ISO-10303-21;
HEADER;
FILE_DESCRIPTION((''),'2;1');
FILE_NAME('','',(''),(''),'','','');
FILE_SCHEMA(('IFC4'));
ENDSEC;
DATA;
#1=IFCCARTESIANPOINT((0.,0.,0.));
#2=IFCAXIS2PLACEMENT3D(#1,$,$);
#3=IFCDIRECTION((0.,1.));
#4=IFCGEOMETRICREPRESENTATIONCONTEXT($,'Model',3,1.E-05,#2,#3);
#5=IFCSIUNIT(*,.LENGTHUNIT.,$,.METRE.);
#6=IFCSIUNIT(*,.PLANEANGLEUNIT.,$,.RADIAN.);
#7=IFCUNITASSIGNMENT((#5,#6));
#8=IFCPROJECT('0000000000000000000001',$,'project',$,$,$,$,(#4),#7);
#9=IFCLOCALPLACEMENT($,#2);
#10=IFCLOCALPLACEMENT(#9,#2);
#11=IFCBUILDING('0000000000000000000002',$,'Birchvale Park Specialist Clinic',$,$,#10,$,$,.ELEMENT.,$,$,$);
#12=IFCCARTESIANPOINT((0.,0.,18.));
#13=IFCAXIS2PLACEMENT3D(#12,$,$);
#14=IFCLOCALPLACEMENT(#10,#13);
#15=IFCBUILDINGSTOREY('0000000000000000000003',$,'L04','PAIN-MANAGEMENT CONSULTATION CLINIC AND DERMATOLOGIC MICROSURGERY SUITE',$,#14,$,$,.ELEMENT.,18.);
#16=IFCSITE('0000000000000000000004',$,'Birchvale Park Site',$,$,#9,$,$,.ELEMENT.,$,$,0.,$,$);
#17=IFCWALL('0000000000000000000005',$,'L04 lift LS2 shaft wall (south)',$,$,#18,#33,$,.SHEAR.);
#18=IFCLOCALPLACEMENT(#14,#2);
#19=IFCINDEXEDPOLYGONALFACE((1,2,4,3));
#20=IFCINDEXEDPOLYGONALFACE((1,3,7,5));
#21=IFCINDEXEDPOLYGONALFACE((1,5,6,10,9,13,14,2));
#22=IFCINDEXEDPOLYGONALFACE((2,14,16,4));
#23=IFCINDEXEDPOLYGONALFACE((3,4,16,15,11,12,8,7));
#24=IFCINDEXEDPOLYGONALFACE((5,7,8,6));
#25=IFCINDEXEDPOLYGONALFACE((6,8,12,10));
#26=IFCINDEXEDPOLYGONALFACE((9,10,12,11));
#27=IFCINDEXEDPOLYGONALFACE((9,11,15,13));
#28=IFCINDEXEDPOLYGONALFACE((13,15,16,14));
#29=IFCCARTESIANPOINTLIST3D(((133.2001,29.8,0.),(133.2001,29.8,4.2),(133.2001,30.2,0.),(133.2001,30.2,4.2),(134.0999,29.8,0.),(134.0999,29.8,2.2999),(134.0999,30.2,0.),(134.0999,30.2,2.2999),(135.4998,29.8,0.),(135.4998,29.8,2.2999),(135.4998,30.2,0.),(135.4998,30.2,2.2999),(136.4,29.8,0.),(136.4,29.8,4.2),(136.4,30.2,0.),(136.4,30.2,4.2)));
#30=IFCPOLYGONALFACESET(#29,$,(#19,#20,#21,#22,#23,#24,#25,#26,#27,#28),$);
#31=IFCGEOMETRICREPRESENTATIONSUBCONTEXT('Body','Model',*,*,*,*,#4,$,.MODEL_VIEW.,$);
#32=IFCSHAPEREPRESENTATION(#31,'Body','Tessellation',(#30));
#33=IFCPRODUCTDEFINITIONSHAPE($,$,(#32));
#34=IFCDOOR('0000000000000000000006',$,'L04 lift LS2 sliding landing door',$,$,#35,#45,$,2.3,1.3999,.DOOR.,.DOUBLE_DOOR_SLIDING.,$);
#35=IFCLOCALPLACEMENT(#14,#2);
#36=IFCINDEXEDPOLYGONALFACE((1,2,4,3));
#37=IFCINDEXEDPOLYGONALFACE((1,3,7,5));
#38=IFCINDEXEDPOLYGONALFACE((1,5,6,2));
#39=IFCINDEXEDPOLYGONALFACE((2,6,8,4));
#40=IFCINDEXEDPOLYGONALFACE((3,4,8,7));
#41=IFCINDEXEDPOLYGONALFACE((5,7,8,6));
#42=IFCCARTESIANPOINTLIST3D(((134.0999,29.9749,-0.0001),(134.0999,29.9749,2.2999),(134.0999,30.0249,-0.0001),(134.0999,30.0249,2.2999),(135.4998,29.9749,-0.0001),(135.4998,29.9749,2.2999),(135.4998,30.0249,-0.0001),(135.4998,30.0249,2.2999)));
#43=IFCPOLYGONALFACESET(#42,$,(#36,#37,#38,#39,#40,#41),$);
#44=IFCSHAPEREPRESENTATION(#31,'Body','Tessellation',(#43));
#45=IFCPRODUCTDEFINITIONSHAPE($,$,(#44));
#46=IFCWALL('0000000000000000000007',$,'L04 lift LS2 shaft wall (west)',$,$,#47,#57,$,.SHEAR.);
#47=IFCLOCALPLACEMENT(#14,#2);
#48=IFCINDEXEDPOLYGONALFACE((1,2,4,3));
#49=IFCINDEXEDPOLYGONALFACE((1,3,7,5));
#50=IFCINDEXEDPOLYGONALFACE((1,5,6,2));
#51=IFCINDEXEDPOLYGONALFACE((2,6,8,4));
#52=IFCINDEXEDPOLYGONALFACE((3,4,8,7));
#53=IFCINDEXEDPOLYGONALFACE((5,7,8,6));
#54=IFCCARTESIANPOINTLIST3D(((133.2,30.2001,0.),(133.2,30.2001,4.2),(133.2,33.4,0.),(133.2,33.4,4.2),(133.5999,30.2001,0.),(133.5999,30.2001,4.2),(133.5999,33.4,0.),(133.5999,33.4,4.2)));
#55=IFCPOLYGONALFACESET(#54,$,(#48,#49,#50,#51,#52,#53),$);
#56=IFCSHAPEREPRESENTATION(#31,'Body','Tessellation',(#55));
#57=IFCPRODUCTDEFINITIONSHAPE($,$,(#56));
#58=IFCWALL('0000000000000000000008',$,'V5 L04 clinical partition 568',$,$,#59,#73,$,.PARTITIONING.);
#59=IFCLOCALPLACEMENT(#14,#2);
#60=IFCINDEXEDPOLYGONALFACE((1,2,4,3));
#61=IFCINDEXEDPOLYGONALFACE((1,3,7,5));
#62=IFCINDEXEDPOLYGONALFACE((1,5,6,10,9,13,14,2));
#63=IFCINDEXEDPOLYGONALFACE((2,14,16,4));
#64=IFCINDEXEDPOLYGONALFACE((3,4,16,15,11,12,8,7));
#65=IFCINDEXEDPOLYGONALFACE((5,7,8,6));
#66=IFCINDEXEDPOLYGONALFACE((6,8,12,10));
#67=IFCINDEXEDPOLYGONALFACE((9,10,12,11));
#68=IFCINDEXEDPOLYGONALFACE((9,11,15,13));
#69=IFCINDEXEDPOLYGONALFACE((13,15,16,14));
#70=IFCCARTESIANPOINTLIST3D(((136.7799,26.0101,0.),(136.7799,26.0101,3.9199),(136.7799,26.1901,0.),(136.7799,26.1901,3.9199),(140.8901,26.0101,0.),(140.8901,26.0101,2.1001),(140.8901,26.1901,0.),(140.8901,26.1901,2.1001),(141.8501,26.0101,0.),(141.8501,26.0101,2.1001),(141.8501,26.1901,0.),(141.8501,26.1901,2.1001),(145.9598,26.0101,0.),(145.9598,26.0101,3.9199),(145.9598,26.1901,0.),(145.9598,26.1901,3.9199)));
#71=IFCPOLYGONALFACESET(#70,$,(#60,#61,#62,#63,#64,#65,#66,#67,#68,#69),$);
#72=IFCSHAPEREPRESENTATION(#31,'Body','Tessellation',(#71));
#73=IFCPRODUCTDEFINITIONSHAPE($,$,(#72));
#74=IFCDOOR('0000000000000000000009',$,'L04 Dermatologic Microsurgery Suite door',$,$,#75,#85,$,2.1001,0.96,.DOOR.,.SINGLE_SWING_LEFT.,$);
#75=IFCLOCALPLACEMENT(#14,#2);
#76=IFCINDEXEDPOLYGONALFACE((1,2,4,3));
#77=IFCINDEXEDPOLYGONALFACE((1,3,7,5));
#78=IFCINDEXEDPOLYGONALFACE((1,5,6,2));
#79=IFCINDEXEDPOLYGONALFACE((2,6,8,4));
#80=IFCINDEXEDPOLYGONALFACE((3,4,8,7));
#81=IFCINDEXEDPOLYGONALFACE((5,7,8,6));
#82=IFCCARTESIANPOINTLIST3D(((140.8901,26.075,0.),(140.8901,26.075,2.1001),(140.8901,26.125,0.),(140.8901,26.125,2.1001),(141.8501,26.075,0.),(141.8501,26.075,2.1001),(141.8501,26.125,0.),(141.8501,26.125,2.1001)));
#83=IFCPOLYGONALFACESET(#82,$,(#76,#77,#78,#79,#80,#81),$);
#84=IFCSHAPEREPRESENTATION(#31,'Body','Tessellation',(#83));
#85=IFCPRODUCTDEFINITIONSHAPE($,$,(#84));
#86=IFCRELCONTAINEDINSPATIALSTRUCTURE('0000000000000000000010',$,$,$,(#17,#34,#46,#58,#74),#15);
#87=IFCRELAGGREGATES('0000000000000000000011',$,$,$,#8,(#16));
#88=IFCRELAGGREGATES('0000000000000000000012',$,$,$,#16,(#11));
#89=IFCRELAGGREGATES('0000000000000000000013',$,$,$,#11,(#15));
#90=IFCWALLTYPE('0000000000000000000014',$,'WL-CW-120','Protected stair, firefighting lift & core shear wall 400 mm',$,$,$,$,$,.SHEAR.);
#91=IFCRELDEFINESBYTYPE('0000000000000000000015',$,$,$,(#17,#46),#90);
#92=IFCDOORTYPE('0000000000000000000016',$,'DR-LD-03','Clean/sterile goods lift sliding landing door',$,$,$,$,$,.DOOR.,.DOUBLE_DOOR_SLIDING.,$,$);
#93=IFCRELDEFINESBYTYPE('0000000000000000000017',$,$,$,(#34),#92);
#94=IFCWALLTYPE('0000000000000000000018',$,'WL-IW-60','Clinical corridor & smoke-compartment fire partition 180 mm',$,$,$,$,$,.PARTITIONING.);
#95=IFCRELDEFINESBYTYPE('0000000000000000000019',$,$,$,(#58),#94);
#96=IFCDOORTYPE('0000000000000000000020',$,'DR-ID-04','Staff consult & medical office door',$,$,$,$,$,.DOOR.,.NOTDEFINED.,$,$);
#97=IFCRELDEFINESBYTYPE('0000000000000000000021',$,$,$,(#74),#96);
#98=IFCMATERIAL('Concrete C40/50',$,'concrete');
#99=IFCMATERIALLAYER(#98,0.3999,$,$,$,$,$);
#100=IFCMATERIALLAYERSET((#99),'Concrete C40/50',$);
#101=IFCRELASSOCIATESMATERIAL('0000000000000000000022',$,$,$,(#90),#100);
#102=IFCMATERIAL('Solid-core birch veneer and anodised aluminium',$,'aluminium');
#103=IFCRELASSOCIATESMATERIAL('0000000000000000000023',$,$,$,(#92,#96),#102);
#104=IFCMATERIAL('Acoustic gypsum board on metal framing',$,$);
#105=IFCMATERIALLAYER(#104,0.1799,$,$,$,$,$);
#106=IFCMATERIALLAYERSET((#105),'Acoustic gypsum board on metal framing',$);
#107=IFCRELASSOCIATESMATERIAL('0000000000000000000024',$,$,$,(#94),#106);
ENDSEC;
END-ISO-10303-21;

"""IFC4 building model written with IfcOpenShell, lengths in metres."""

from ifc_helpers import new_model, si_unit, direction, frame, frame_2d, origin, place, context, subcontext, project, spatial, rectangle, extrude, material, layer, layer_set, type_object, element, fill, save


model = new_model("IFC4")

# Units and contexts
model_context = context("Model", 3, precision=1e-05, world=origin(), true_north=direction((0.0, 1.0)))
body_context = subcontext(model_context, "Body", "Model", "MODEL_VIEW")
ifc_project = project(units=[si_unit("LENGTHUNIT", "METRE"), si_unit("PLANEANGLEUNIT", "RADIAN")], contexts=[model_context])

# Site, building, storey
site_placement = place(None, origin())
site = spatial("IfcSite", under=ifc_project, at=site_placement, Name="Birchvale Park Site", CompositionType="ELEMENT", RefElevation=0.0)
building_placement = place(site_placement, origin())
building = spatial("IfcBuilding", under=site, at=building_placement, Name="Birchvale Park Specialist Clinic", CompositionType="ELEMENT")
storey_placement = place(building_placement, frame((0.0, 0.0, 18.0)))
storey = spatial("IfcBuildingStorey", under=building, at=storey_placement, Name="L04", Description="PAIN-MANAGEMENT CONSULTATION CLINIC AND DERMATOLOGIC MICROSURGERY SUITE", CompositionType="ELEMENT", Elevation=18.0)

# Shared definitions
ifc_material_1 = material(Name="Concrete C40/50", Category="concrete")

# Wall, opening, door
ifc_layer_1 = layer(ifc_material_1, 0.3999)
ifc_layer_set_1 = layer_set([ifc_layer_1], Name="Concrete C40/50")
wall_type_1 = type_object("IfcWallType", Name="WL-CW-120", Description="Protected stair, firefighting lift & core shear wall 400 mm", PredefinedType="SHEAR", material=ifc_layer_set_1)
wall_1_placement = place(storey_placement, frame((133.2, 30.0, 0.0), z_axis=(0.0, 0.0, 1.0), x_axis=(1.0, 0.0, 0.0)))
wall_1 = element("IfcWall", 1, at=wall_1_placement, inside=storey, type_object=wall_type_1, Name="L04 lift LS2 shaft wall (south)", PredefinedType="SHEAR", context=body_context, shape_type="SweptSolid", body=[
    extrude(rectangle(XDim=3.2, YDim=0.3999, at=frame_2d((1.6001, 0.0))), origin(), (0.0, 0.0, 1.0), 4.2),
])
opening_1_placement = place(wall_1_placement, frame((0.8999, 0.0, 0.0)))
opening_1 = element("IfcOpeningElement", 2, at=opening_1_placement, cuts=wall_1, PredefinedType="OPENING", context=body_context, shape_type="SweptSolid", body=[
    extrude(rectangle(XDim=1.3999, YDim=2.3, at=frame_2d((0.7, 1.1499))), frame((0.0, 0.21, 0.0), z_axis=(0.0, -1.0, 0.0), x_axis=(1.0, 0.0, 0.0)), (0.0, 0.0, 1.0), 0.4199),
])
ifc_material_2 = material(Name="Solid-core birch veneer and anodised aluminium", Category="aluminium")
door_type_1 = type_object("IfcDoorType", Name="DR-LD-03", Description="Clean/sterile goods lift sliding landing door", OperationType="DOUBLE_DOOR_SLIDING", PredefinedType="DOOR", material=ifc_material_2)
door_1_placement = place(opening_1_placement, origin())
door_1 = element("IfcDoor", 3, at=door_1_placement, inside=storey, type_object=door_type_1, Name="L04 lift LS2 sliding landing door", OperationType="DOUBLE_DOOR_SLIDING", OverallHeight=2.3, OverallWidth=1.3999, PredefinedType="DOOR", context=body_context, shape_type="SweptSolid", body=[
    extrude(rectangle(XDim=1.3999, YDim=2.3, at=frame_2d((0.7, 1.1499))), frame((0.0, 0.0249, 0.0), z_axis=(0.0, -1.0, 0.0), x_axis=(1.0, 0.0, 0.0)), (0.0, 0.0, 1.0), 0.05),
])
fill(opening_1, door_1)

# Wall
wall_2_placement = place(storey_placement, frame((133.3999, 30.2, 0.0), z_axis=(0.0, 0.0, 1.0), x_axis=(0.0, 1.0, 0.0)))
element("IfcWall", 4, at=wall_2_placement, inside=storey, type_object=wall_type_1, Name="L04 lift LS2 shaft wall (west)", PredefinedType="SHEAR", context=body_context, shape_type="SweptSolid", body=[
    extrude(rectangle(XDim=3.2, YDim=0.3999, at=frame_2d((1.6001, 0.0))), origin(), (0.0, 0.0, 1.0), 4.2),
])

# Wall, opening, door
ifc_material_3 = material(Name="Acoustic gypsum board on metal framing")
ifc_layer_2 = layer(ifc_material_3, 0.1799)
ifc_layer_set_2 = layer_set([ifc_layer_2], Name="Acoustic gypsum board on metal framing")
wall_type_2 = type_object("IfcWallType", Name="WL-IW-60", Description="Clinical corridor & smoke-compartment fire partition 180 mm", PredefinedType="PARTITIONING", material=ifc_layer_set_2)
wall_3_placement = place(storey_placement, frame((136.78, 26.1001, 0.0), z_axis=(0.0, 0.0, 1.0), x_axis=(1.0, 0.0, 0.0)))
wall_3 = element("IfcWall", 5, at=wall_3_placement, inside=storey, type_object=wall_type_2, Name="V5 L04 clinical partition 568", PredefinedType="PARTITIONING", context=body_context, shape_type="SweptSolid", body=[
    extrude(rectangle(XDim=9.1799, YDim=0.1799, at=frame_2d((4.5898, 0.0))), origin(), (0.0, 0.0, 1.0), 3.9199),
])
opening_2_placement = place(wall_3_placement, frame((4.1101, 0.0, 0.0)))
opening_2 = element("IfcOpeningElement", 6, at=opening_2_placement, cuts=wall_3, PredefinedType="OPENING", context=body_context, shape_type="SweptSolid", body=[
    extrude(rectangle(XDim=0.96, YDim=2.1001, at=frame_2d((0.48, 1.05))), frame((0.0, 0.1001, 0.0), z_axis=(0.0, -1.0, 0.0), x_axis=(1.0, 0.0, 0.0)), (0.0, 0.0, 1.0), 0.2),
])
door_type_2 = type_object("IfcDoorType", Name="DR-ID-04", Description="Staff consult & medical office door", OperationType="NOTDEFINED", PredefinedType="DOOR", material=ifc_material_2)
door_2_placement = place(opening_2_placement, origin())
door_2 = element("IfcDoor", 7, at=door_2_placement, inside=storey, type_object=door_type_2, Name="L04 Dermatologic Microsurgery Suite door", OperationType="SINGLE_SWING_LEFT", OverallHeight=2.1001, OverallWidth=0.96, PredefinedType="DOOR", context=body_context, shape_type="SweptSolid", body=[
    extrude(rectangle(XDim=0.96, YDim=2.1001, at=frame_2d((0.48, 1.05))), frame((0.0, 0.0249, 0.0), z_axis=(0.0, -1.0, 0.0), x_axis=(1.0, 0.0, 0.0)), (0.0, 0.0, 1.0), 0.05),
])
fill(opening_2, door_2)

save(model, "model.ifc")
